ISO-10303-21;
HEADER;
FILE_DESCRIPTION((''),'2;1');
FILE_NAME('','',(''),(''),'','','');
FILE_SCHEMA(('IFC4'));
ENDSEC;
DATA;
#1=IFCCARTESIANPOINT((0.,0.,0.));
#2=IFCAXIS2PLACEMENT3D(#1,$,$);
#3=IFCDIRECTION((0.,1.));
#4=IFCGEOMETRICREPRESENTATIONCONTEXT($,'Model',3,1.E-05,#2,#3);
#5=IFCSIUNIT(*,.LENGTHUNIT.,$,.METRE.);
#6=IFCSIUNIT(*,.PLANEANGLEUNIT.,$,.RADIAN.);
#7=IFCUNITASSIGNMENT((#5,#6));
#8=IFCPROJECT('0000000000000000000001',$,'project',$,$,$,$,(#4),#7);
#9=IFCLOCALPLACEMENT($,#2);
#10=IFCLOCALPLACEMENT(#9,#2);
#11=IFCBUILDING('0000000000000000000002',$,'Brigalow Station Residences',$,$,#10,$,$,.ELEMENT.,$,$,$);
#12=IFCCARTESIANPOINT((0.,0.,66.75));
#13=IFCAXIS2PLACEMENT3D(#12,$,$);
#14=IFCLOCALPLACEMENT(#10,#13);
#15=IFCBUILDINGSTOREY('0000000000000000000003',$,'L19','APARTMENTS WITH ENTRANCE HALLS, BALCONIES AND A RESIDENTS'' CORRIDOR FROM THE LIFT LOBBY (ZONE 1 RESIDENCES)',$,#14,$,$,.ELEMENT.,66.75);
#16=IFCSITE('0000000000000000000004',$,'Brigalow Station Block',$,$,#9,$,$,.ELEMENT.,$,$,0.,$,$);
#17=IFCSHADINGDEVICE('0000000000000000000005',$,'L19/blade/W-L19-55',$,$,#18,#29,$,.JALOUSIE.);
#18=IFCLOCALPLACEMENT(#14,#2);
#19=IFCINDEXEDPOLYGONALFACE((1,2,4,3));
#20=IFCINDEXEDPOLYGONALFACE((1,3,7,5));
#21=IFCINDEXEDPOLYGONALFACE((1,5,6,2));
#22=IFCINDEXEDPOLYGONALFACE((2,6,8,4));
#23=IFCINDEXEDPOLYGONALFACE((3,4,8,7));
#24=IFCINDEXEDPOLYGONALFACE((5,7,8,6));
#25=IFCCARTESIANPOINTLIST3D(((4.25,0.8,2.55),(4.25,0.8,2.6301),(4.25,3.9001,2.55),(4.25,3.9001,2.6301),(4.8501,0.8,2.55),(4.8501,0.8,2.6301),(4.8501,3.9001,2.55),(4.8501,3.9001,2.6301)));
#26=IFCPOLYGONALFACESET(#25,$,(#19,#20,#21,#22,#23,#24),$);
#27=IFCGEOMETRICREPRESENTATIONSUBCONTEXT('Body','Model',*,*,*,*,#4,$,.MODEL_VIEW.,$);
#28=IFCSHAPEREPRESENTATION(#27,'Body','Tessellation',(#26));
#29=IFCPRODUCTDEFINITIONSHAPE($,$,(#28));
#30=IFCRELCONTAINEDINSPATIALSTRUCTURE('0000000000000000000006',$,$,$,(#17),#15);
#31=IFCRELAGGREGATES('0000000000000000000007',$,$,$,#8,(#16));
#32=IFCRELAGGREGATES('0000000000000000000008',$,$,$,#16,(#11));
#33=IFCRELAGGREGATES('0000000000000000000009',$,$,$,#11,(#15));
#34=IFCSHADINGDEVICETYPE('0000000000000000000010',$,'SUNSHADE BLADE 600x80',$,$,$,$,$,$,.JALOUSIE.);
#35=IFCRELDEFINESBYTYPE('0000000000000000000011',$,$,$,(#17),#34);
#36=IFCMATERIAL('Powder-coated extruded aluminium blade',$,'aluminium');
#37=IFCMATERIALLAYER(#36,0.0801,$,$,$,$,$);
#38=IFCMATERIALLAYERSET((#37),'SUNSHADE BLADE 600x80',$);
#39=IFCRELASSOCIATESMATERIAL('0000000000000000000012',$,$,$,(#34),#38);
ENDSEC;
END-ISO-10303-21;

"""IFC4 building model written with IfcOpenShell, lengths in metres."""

from ifc_helpers import new_model, si_unit, direction, frame, origin, origin_2d, place, context, subcontext, project, spatial, rectangle, extrude, material, layer, layer_set, type_object, element, save


model = new_model("IFC4")

# Units and contexts
model_context = context("Model", 3, precision=1e-05, world=origin(), true_north=direction((0.0, 1.0)))
body_context = subcontext(model_context, "Body", "Model", "MODEL_VIEW")
ifc_project = project(units=[si_unit("LENGTHUNIT", "METRE"), si_unit("PLANEANGLEUNIT", "RADIAN")], contexts=[model_context])

# Site, building, storey
site_placement = place(None, origin())
site = spatial("IfcSite", under=ifc_project, at=site_placement, Name="Brigalow Station Block", CompositionType="ELEMENT", RefElevation=0.0)
building_placement = place(site_placement, origin())
building = spatial("IfcBuilding", under=site, at=building_placement, Name="Brigalow Station Residences", CompositionType="ELEMENT")
storey_placement = place(building_placement, frame((0.0, 0.0, 66.75)))
storey = spatial("IfcBuildingStorey", under=building, at=storey_placement, Name="L19", Description="APARTMENTS WITH ENTRANCE HALLS, BALCONIES AND A RESIDENTS' CORRIDOR FROM THE LIFT LOBBY (ZONE 1 RESIDENCES)", CompositionType="ELEMENT", Elevation=66.75)

# Shading device
ifc_material_1 = material(Name="Powder-coated extruded aluminium blade", Category="aluminium")
ifc_layer_1 = layer(ifc_material_1, 0.0801)
ifc_layer_set_1 = layer_set([ifc_layer_1], Name="SUNSHADE BLADE 600x80")
shading_device_type = type_object("IfcShadingDeviceType", Name="SUNSHADE BLADE 600x80", PredefinedType="JALOUSIE", material=ifc_layer_set_1)
shading_device_1_placement = place(storey_placement, frame((4.55, 2.3501, 2.55), z_axis=(0.0, 0.0, 1.0), x_axis=(0.0, -1.0, 0.0)))
element("IfcShadingDevice", 1, at=shading_device_1_placement, inside=storey, type_object=shading_device_type, Name="L19/blade/W-L19-55", PredefinedType="JALOUSIE", context=body_context, shape_type="SweptSolid", body=[
    extrude(rectangle(XDim=3.1001, YDim=0.6001, at=origin_2d()), origin(), (0.0, 0.0, 1.0), 0.0801),
])

save(model, "model.ifc")
